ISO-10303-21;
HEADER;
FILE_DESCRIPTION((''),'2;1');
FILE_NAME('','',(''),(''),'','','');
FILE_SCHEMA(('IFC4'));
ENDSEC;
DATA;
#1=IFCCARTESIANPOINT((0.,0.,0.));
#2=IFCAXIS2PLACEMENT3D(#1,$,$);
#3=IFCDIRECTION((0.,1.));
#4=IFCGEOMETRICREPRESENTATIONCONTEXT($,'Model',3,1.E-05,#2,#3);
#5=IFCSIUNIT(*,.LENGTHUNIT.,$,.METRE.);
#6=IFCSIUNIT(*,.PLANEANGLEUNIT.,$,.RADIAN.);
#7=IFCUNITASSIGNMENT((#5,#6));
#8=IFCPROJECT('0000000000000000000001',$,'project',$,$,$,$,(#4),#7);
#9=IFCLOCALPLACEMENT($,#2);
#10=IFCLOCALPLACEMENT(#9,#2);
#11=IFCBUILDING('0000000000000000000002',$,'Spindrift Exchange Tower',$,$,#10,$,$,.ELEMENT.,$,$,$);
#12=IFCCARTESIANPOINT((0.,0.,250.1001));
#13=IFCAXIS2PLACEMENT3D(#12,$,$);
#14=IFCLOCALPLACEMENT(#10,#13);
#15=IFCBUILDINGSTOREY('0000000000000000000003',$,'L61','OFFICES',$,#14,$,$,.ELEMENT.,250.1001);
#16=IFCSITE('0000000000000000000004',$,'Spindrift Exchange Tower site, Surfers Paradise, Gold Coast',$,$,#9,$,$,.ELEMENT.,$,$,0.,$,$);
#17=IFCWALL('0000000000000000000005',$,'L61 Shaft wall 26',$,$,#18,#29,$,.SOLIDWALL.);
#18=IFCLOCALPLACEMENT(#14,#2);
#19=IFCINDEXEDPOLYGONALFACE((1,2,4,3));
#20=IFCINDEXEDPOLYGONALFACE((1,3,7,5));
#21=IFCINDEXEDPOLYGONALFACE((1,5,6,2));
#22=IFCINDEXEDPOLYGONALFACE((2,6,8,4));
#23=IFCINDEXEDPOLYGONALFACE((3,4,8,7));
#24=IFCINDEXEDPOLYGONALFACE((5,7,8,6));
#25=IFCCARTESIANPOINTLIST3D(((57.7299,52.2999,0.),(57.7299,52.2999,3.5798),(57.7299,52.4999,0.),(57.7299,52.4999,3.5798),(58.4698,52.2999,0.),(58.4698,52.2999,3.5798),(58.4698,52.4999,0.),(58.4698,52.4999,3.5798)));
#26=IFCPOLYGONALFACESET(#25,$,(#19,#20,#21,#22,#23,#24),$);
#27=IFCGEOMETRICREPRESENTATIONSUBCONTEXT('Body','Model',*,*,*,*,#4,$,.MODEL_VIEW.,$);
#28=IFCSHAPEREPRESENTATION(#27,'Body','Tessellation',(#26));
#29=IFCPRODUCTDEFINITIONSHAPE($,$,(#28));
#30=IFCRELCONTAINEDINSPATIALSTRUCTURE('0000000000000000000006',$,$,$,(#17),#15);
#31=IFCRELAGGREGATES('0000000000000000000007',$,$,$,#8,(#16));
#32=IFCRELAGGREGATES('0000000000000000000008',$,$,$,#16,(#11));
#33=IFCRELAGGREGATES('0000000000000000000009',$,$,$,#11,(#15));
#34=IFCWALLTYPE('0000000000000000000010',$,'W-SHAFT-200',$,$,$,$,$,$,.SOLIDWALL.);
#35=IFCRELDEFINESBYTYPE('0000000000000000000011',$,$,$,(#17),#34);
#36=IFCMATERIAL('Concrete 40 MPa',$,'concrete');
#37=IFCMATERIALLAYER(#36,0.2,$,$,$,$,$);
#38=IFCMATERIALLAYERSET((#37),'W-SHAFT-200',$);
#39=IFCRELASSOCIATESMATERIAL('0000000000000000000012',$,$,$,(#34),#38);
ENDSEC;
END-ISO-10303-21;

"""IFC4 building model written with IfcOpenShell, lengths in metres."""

from ifc_helpers import new_model, si_unit, direction, frame, frame_2d, origin, place, context, subcontext, project, spatial, rectangle, extrude, material, layer, layer_set, type_object, element, save


model = new_model("IFC4")

# Units and contexts
model_context = context("Model", 3, precision=1e-05, world=origin(), true_north=direction((0.0, 1.0)))
body_context = subcontext(model_context, "Body", "Model", "MODEL_VIEW")
ifc_project = project(units=[si_unit("LENGTHUNIT", "METRE"), si_unit("PLANEANGLEUNIT", "RADIAN")], contexts=[model_context])

# Site, building, storey
site_placement = place(None, origin())
site = spatial("IfcSite", under=ifc_project, at=site_placement, Name="Spindrift Exchange Tower site, Surfers Paradise, Gold Coast", CompositionType="ELEMENT", RefElevation=0.0)
building_placement = place(site_placement, origin())
building = spatial("IfcBuilding", under=site, at=building_placement, Name="Spindrift Exchange Tower", CompositionType="ELEMENT")
storey_placement = place(building_placement, frame((0.0, 0.0, 250.1001)))
storey = spatial("IfcBuildingStorey", under=building, at=storey_placement, Name="L61", Description="OFFICES", CompositionType="ELEMENT", Elevation=250.1001)

# Shared definitions
ifc_material_1 = material(Name="Concrete 40 MPa", Category="concrete")
ifc_layer_1 = layer(ifc_material_1, 0.2)
ifc_layer_set_1 = layer_set([ifc_layer_1], Name="W-SHAFT-200")
wall_type_1 = type_object("IfcWallType", Name="W-SHAFT-200", PredefinedType="SOLIDWALL", material=ifc_layer_set_1)

# Wall
wall_1_placement = place(storey_placement, frame((58.47, 52.3999, 0.0), z_axis=(0.0, 0.0, 1.0), x_axis=(-1.0, 0.0, 0.0)))
element("IfcWall", 1, at=wall_1_placement, inside=storey, type_object=wall_type_1, Name="L61 Shaft wall 26", PredefinedType="SOLIDWALL", context=body_context, shape_type="SweptSolid", body=[
    extrude(rectangle(XDim=0.74, YDim=0.2, at=frame_2d((0.3701, 0.0))), origin(), (0.0, 0.0, 1.0), 3.5798),
])

save(model, "model.ifc")
